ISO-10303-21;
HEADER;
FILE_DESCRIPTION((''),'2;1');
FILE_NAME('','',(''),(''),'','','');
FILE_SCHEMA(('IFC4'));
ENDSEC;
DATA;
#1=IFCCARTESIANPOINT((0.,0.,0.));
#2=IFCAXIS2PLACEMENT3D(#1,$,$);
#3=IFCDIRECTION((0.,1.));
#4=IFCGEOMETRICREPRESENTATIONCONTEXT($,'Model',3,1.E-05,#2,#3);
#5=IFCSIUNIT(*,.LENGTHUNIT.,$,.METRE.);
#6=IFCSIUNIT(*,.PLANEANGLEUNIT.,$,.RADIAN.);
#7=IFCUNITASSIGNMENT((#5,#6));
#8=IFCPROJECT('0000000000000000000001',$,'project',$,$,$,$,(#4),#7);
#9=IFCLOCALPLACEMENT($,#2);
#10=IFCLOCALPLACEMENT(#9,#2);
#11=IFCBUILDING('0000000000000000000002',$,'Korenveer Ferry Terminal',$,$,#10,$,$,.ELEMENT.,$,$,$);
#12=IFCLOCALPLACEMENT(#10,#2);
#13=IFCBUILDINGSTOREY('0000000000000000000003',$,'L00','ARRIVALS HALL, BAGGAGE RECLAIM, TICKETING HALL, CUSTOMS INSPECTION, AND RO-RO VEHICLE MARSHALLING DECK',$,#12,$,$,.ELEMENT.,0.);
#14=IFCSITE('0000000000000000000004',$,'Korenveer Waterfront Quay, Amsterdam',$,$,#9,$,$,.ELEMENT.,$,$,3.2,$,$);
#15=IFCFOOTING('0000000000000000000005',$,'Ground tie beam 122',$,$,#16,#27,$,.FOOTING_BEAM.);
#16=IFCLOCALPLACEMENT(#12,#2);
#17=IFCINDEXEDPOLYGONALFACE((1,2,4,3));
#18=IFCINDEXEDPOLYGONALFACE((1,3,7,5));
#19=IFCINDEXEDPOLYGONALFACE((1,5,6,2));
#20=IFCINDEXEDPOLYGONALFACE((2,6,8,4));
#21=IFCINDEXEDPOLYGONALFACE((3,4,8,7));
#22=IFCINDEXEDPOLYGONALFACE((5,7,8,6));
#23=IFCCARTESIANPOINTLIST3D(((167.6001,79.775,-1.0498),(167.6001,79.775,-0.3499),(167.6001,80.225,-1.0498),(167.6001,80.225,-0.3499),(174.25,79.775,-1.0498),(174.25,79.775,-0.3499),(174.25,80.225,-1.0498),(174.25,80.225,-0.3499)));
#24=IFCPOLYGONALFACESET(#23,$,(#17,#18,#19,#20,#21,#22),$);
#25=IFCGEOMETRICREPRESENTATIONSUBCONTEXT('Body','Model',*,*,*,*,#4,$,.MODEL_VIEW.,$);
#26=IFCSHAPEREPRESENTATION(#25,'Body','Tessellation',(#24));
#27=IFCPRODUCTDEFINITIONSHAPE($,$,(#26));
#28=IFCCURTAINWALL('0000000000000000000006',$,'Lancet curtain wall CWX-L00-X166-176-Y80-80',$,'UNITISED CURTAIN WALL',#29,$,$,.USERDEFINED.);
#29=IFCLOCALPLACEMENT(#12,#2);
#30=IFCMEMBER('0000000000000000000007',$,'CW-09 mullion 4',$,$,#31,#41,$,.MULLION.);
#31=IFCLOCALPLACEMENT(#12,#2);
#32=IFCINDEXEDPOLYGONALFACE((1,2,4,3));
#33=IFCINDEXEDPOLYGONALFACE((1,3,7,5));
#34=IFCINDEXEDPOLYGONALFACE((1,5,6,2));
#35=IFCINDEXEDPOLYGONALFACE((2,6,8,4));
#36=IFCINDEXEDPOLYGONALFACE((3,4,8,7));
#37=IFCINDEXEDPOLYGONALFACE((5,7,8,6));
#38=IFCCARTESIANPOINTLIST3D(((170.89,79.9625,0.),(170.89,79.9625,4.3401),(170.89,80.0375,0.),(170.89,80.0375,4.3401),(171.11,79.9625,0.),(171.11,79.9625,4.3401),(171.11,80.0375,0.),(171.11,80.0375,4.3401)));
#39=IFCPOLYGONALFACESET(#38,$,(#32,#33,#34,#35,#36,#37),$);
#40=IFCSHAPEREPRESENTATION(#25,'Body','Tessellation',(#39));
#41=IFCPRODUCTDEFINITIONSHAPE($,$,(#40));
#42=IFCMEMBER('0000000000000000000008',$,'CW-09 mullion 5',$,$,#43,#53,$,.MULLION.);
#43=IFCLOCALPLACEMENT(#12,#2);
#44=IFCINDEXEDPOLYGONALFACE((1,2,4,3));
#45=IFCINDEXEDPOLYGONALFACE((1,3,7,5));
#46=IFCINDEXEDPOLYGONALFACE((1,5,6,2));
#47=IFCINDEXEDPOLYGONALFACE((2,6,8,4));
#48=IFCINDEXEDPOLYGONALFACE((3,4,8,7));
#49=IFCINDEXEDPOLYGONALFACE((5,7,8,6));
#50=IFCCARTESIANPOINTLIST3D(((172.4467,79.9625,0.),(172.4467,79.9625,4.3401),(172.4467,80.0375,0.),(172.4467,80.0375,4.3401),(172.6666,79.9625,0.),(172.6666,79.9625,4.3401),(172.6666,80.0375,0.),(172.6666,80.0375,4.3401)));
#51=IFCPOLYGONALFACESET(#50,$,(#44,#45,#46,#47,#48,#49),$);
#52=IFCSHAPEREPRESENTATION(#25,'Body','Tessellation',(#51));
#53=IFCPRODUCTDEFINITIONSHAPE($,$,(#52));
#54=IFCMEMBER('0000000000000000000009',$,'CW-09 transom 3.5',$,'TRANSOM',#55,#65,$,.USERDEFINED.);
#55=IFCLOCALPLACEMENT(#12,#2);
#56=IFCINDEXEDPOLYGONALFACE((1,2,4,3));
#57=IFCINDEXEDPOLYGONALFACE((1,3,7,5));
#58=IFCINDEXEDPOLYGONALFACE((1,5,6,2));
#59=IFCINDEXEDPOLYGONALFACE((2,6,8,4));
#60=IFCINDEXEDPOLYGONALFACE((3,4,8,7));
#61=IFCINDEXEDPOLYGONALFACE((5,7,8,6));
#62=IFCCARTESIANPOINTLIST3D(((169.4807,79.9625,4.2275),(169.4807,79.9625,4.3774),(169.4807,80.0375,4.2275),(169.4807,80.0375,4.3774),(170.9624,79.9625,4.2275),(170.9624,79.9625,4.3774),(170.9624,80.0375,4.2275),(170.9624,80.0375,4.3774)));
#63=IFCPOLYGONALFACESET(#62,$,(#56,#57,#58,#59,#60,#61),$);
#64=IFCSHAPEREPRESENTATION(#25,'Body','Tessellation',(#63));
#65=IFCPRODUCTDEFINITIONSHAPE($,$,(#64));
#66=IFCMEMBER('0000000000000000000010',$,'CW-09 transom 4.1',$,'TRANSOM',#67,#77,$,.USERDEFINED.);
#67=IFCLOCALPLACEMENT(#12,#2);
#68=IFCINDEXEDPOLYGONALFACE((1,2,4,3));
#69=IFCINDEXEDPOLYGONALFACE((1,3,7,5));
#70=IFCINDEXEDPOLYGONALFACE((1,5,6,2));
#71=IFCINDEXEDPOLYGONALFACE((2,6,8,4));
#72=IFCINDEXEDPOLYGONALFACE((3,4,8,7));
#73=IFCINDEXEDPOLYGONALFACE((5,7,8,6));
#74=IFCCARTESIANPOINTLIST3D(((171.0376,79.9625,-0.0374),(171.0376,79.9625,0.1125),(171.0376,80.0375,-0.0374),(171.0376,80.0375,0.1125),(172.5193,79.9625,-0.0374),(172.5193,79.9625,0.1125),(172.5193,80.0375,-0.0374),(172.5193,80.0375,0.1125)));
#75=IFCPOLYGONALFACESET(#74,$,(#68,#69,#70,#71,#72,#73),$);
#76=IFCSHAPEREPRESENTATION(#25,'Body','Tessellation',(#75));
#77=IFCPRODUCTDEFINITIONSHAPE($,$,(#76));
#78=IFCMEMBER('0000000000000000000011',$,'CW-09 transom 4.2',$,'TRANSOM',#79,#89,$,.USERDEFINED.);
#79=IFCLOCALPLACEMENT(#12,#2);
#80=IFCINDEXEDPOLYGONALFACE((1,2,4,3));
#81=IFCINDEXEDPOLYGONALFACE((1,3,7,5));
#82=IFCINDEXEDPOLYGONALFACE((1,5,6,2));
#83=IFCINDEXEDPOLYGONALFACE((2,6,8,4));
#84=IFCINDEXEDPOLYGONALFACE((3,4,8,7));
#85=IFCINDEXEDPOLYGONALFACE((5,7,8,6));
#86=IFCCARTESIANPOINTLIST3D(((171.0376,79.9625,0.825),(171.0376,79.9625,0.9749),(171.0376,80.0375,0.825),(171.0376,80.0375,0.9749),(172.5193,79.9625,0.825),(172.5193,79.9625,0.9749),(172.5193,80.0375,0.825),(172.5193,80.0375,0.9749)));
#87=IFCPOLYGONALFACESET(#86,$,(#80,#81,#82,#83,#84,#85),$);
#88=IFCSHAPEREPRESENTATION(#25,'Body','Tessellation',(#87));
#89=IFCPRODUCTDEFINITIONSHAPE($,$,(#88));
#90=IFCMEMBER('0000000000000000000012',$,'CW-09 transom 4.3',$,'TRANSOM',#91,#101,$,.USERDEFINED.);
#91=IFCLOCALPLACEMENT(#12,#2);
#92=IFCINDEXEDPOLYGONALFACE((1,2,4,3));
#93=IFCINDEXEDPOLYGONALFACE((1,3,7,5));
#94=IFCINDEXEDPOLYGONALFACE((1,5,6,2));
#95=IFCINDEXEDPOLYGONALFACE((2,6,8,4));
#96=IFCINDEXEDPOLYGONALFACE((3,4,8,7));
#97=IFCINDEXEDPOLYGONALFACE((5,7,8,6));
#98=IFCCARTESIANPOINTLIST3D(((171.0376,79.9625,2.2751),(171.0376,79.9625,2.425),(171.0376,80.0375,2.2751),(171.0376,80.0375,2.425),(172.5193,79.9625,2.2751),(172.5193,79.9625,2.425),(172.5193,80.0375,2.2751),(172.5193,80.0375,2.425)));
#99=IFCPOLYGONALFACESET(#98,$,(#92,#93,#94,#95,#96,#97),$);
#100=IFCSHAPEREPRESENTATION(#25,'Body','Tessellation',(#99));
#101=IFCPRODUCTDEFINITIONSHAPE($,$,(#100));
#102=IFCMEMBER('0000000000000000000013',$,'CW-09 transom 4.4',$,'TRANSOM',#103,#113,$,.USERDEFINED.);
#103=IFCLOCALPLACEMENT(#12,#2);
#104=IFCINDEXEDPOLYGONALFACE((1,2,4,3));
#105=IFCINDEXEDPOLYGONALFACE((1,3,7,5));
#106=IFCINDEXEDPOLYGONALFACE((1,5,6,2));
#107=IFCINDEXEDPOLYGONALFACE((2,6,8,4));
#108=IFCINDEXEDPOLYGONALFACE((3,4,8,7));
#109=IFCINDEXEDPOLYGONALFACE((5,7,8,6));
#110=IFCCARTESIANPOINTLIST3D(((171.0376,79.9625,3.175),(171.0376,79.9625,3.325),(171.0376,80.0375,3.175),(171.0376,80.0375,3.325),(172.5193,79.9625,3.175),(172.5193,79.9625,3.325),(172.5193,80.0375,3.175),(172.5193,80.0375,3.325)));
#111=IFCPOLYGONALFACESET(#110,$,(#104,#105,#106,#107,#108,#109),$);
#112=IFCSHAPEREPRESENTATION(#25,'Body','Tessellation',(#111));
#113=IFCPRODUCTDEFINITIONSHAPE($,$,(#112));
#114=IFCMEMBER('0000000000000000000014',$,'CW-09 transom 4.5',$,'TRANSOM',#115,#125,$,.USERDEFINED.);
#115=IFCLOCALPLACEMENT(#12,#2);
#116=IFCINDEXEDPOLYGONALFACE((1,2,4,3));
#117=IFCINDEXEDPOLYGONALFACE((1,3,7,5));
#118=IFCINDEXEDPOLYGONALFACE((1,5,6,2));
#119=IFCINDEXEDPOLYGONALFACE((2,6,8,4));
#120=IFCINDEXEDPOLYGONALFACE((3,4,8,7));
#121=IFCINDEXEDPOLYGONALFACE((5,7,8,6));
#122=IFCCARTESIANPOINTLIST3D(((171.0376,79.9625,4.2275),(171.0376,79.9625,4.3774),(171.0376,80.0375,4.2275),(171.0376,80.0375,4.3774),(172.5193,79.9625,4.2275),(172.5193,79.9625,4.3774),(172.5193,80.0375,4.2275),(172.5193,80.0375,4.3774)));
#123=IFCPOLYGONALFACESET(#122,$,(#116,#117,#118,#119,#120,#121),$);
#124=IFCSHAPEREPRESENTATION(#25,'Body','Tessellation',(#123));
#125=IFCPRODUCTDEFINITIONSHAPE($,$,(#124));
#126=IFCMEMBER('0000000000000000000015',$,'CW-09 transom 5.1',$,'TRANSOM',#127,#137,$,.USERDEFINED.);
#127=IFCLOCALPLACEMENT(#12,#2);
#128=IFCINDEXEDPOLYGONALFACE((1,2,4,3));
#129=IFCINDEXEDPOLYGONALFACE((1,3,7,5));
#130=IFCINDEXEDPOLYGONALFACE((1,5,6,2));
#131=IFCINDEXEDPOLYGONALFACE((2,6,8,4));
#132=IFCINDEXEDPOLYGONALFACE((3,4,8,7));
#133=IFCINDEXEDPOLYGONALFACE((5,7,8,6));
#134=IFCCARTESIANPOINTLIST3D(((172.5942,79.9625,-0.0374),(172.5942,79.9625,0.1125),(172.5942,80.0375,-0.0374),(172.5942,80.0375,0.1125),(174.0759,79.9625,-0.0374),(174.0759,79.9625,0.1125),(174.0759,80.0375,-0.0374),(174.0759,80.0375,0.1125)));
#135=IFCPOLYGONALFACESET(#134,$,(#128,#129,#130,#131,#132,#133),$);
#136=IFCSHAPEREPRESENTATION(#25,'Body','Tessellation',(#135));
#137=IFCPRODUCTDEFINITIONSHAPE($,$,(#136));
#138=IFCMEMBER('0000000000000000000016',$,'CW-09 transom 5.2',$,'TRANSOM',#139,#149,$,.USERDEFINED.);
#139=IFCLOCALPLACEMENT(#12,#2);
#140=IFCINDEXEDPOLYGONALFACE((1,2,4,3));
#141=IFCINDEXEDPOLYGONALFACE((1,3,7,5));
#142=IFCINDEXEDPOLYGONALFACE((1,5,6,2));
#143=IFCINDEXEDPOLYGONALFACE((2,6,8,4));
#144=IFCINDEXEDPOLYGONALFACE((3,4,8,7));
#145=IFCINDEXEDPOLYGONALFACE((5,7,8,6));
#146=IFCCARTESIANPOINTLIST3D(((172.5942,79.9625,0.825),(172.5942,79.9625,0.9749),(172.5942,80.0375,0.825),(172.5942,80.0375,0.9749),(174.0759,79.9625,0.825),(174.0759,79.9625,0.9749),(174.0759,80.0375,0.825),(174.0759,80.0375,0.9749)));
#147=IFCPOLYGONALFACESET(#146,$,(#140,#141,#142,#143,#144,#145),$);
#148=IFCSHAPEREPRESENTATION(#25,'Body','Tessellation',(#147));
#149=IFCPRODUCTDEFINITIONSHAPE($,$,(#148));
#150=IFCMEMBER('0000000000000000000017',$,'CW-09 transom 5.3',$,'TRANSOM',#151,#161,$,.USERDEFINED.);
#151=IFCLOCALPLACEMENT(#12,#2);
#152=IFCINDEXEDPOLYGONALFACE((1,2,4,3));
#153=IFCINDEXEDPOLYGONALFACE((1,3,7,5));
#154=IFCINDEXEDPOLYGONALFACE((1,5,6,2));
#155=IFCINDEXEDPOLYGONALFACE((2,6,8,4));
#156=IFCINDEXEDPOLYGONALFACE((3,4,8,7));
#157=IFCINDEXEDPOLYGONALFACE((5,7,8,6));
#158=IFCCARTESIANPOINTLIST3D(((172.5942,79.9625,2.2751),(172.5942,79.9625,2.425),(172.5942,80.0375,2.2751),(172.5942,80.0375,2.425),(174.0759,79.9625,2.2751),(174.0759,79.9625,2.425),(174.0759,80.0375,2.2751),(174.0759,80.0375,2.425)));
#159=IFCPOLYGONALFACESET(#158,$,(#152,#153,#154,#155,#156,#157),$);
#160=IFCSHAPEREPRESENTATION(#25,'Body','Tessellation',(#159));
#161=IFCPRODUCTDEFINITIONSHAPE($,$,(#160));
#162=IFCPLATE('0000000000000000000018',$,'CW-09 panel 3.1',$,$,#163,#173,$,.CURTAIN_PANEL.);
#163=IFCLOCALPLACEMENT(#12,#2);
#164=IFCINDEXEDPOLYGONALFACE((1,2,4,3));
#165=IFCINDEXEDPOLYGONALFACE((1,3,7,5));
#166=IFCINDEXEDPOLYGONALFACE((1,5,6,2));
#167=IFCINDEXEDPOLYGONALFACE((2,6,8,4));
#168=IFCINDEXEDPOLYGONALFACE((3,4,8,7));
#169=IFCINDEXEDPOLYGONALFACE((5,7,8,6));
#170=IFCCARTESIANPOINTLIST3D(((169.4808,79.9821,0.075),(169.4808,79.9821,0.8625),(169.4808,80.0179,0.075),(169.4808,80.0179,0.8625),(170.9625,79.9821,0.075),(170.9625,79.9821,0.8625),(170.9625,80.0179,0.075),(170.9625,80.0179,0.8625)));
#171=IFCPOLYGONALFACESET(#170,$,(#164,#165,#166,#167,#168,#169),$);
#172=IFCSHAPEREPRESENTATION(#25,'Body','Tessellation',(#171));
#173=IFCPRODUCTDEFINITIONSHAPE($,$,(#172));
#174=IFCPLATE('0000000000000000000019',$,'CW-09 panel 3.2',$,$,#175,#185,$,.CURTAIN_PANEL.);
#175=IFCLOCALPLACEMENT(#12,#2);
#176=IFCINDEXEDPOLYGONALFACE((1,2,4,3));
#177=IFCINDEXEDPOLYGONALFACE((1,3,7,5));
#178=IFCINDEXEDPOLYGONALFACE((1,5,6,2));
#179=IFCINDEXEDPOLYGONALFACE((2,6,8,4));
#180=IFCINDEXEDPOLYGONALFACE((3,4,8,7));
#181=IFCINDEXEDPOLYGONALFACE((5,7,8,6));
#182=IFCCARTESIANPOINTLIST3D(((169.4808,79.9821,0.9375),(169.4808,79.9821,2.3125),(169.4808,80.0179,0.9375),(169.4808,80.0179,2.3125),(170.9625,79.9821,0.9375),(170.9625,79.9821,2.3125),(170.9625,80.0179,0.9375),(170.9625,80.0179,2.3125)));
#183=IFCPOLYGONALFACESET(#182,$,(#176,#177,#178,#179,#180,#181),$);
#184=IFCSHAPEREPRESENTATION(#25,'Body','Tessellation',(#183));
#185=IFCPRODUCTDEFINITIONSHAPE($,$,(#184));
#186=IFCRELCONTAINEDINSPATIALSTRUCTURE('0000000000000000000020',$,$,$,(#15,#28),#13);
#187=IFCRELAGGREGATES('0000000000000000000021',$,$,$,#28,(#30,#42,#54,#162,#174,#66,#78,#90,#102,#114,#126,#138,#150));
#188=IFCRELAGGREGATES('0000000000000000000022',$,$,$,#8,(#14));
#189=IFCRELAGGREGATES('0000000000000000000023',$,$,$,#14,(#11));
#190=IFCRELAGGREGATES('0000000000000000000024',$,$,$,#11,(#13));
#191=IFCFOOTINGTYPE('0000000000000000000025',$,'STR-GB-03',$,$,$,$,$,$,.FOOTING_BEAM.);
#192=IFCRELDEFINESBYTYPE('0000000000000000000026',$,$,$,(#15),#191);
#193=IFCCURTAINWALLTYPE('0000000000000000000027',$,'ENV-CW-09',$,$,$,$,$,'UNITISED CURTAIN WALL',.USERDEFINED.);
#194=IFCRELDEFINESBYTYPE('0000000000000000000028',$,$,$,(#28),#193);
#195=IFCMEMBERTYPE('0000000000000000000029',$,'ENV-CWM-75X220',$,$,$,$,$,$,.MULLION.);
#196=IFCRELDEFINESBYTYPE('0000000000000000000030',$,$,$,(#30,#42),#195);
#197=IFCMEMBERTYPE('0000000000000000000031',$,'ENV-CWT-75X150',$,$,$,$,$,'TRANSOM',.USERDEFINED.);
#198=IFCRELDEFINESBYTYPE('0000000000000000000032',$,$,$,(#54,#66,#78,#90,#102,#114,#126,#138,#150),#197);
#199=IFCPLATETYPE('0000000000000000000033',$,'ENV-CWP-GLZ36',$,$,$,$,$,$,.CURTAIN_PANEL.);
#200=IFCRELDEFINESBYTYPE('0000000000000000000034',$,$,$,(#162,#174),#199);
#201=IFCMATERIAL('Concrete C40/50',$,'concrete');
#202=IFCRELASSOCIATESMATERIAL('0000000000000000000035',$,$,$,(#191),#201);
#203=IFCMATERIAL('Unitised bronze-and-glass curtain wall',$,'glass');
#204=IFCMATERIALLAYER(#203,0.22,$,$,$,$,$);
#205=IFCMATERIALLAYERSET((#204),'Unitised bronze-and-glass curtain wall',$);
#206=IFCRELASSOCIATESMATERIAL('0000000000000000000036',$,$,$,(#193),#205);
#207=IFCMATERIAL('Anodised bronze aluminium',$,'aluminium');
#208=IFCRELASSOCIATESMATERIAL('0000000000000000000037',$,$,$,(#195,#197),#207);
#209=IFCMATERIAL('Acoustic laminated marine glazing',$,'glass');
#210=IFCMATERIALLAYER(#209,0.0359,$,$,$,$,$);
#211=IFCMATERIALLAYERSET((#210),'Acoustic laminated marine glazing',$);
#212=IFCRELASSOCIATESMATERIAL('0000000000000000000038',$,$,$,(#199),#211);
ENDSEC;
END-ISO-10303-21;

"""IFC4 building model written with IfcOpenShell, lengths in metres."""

from ifc_helpers import new_model, si_unit, direction, frame, origin, origin_2d, place, context, subcontext, project, spatial, rectangle, extrude, material, layer, layer_set, material_profile, profile_set, type_object, element, aggregate, save


model = new_model("IFC4")

# Units and contexts
model_context = context("Model", 3, precision=1e-05, world=origin(), true_north=direction((0.0, 1.0)))
body_context = subcontext(model_context, "Body", "Model", "MODEL_VIEW")
ifc_project = project(units=[si_unit("LENGTHUNIT", "METRE"), si_unit("PLANEANGLEUNIT", "RADIAN")], contexts=[model_context])

# Site, building, storey
site_placement = place(None, origin())
site = spatial("IfcSite", under=ifc_project, at=site_placement, Name="Korenveer Waterfront Quay, Amsterdam", CompositionType="ELEMENT", RefElevation=3.2)
building_placement = place(site_placement, origin())
building = spatial("IfcBuilding", under=site, at=building_placement, Name="Korenveer Ferry Terminal", CompositionType="ELEMENT")
storey_placement = place(building_placement, origin())
storey = spatial("IfcBuildingStorey", under=building, at=storey_placement, Name="L00", Description="ARRIVALS HALL, BAGGAGE RECLAIM, TICKETING HALL, CUSTOMS INSPECTION, AND RO-RO VEHICLE MARSHALLING DECK", CompositionType="ELEMENT", Elevation=0.0)

# Footing
ifc_material_1 = material(Name="Concrete C40/50", Category="concrete")
footing_type = type_object("IfcFootingType", Name="STR-GB-03", PredefinedType="FOOTING_BEAM", material=ifc_material_1)
footing_placement = place(storey_placement, frame((170.925, 80.0, -1.0498), z_axis=(0.0, 0.0, 1.0), x_axis=(1.0, 0.0, 0.0)))
element("IfcFooting", 1, at=footing_placement, inside=storey, type_object=footing_type, Name="Ground tie beam 122", PredefinedType="FOOTING_BEAM", context=body_context, shape_type="SweptSolid", body=[
    extrude(rectangle(XDim=6.6499, YDim=0.45, at=origin_2d()), origin(), (0.0, 0.0, 1.0), 0.7),
])

# Curtain wall, members, plates
ifc_material_2 = material(Name="Unitised bronze-and-glass curtain wall", Category="glass")
ifc_layer_1 = layer(ifc_material_2, 0.22)
ifc_layer_set_1 = layer_set([ifc_layer_1], Name="Unitised bronze-and-glass curtain wall")
curtain_wall_type = type_object("IfcCurtainWallType", Name="ENV-CW-09", ElementType="UNITISED CURTAIN WALL", PredefinedType="USERDEFINED", material=ifc_layer_set_1)
curtain_wall_placement = place(storey_placement, frame((166.3301, 80.0, 0.0)))
curtain_wall = element("IfcCurtainWall", 2, at=curtain_wall_placement, inside=storey, type_object=curtain_wall_type, Name="Lancet curtain wall CWX-L00-X166-176-Y80-80", ObjectType="UNITISED CURTAIN WALL", PredefinedType="USERDEFINED")
ifc_material_3 = material(Name="Anodised bronze aluminium", Category="aluminium")
ifc_material_profile_1 = material_profile(ifc_material_3, rectangle(XDim=0.075, YDim=0.22, at=origin_2d()), Name="ALU 75x220")
ifc_profile_set_1 = profile_set([ifc_material_profile_1], Name="Anodised bronze aluminium")
member_type_1 = type_object("IfcMemberType", Name="ENV-CWM-75X220", PredefinedType="MULLION", material=ifc_profile_set_1)
member_1_placement = place(storey_placement, frame((171.0, 80.0, 0.0), z_axis=(0.0, 0.0, 1.0), x_axis=(0.0, 1.0, 0.0)))
member_1 = element("IfcMember", 3, at=member_1_placement, type_object=member_type_1, Name="CW-09 mullion 4", PredefinedType="MULLION", context=body_context, shape_type="SweptSolid", body=[
    extrude(rectangle(XDim=0.075, YDim=0.22, at=origin_2d()), origin(), (0.0, 0.0, 1.0), 4.3401),
])
member_2_placement = place(storey_placement, frame((172.5566, 80.0, 0.0), z_axis=(0.0, 0.0, 1.0), x_axis=(0.0, 1.0, 0.0)))
member_2 = element("IfcMember", 4, at=member_2_placement, type_object=member_type_1, Name="CW-09 mullion 5", PredefinedType="MULLION", context=body_context, shape_type="SweptSolid", body=[
    extrude(rectangle(XDim=0.075, YDim=0.22, at=origin_2d()), origin(), (0.0, 0.0, 1.0), 4.3401),
])
ifc_material_profile_2 = material_profile(ifc_material_3, rectangle(XDim=0.075, YDim=0.1499, at=origin_2d()), Name="ALU 75x150")
ifc_profile_set_2 = profile_set([ifc_material_profile_2], Name="Anodised bronze aluminium")
member_type_2 = type_object("IfcMemberType", Name="ENV-CWT-75X150", ElementType="TRANSOM", PredefinedType="USERDEFINED", material=ifc_profile_set_2)
member_3_placement = place(storey_placement, frame((169.4807, 80.0, 4.3025), z_axis=(1.0, 0.0, 0.0), x_axis=(0.0, 1.0, 0.0)))
member_3 = element("IfcMember", 5, at=member_3_placement, type_object=member_type_2, Name="CW-09 transom 3.5", ObjectType="TRANSOM", PredefinedType="USERDEFINED", context=body_context, shape_type="SweptSolid", body=[
    extrude(rectangle(XDim=0.075, YDim=0.1499, at=origin_2d()), origin(), (0.0, 0.0, 1.0), 1.4817),
])
member_4_placement = place(storey_placement, frame((171.0376, 80.0, 0.0376), z_axis=(1.0, 0.0, 0.0), x_axis=(0.0, 1.0, 0.0)))
member_4 = element("IfcMember", 6, at=member_4_placement, type_object=member_type_2, Name="CW-09 transom 4.1", ObjectType="TRANSOM", PredefinedType="USERDEFINED", context=body_context, shape_type="SweptSolid", body=[
    extrude(rectangle(XDim=0.075, YDim=0.1499, at=origin_2d()), origin(), (0.0, 0.0, 1.0), 1.4817),
])
member_5_placement = place(storey_placement, frame((171.0376, 80.0, 0.8999), z_axis=(1.0, 0.0, 0.0), x_axis=(0.0, 1.0, 0.0)))
member_5 = element("IfcMember", 7, at=member_5_placement, type_object=member_type_2, Name="CW-09 transom 4.2", ObjectType="TRANSOM", PredefinedType="USERDEFINED", context=body_context, shape_type="SweptSolid", body=[
    extrude(rectangle(XDim=0.075, YDim=0.1499, at=origin_2d()), origin(), (0.0, 0.0, 1.0), 1.4817),
])
member_6_placement = place(storey_placement, frame((171.0376, 80.0, 2.3501), z_axis=(1.0, 0.0, 0.0), x_axis=(0.0, 1.0, 0.0)))
member_6 = element("IfcMember", 8, at=member_6_placement, type_object=member_type_2, Name="CW-09 transom 4.3", ObjectType="TRANSOM", PredefinedType="USERDEFINED", context=body_context, shape_type="SweptSolid", body=[
    extrude(rectangle(XDim=0.075, YDim=0.1499, at=origin_2d()), origin(), (0.0, 0.0, 1.0), 1.4817),
])
member_7_placement = place(storey_placement, frame((171.0376, 80.0, 3.25), z_axis=(1.0, 0.0, 0.0), x_axis=(0.0, 1.0, 0.0)))
member_7 = element("IfcMember", 9, at=member_7_placement, type_object=member_type_2, Name="CW-09 transom 4.4", ObjectType="TRANSOM", PredefinedType="USERDEFINED", context=body_context, shape_type="SweptSolid", body=[
    extrude(rectangle(XDim=0.075, YDim=0.1499, at=origin_2d()), origin(), (0.0, 0.0, 1.0), 1.4817),
])
member_8_placement = place(storey_placement, frame((171.0376, 80.0, 4.3025), z_axis=(1.0, 0.0, 0.0), x_axis=(0.0, 1.0, 0.0)))
member_8 = element("IfcMember", 10, at=member_8_placement, type_object=member_type_2, Name="CW-09 transom 4.5", ObjectType="TRANSOM", PredefinedType="USERDEFINED", context=body_context, shape_type="SweptSolid", body=[
    extrude(rectangle(XDim=0.075, YDim=0.1499, at=origin_2d()), origin(), (0.0, 0.0, 1.0), 1.4817),
])
member_9_placement = place(storey_placement, frame((172.5942, 80.0, 0.0376), z_axis=(1.0, 0.0, 0.0), x_axis=(0.0, 1.0, 0.0)))
member_9 = element("IfcMember", 11, at=member_9_placement, type_object=member_type_2, Name="CW-09 transom 5.1", ObjectType="TRANSOM", PredefinedType="USERDEFINED", context=body_context, shape_type="SweptSolid", body=[
    extrude(rectangle(XDim=0.075, YDim=0.1499, at=origin_2d()), origin(), (0.0, 0.0, 1.0), 1.4817),
])
member_10_placement = place(storey_placement, frame((172.5942, 80.0, 0.8999), z_axis=(1.0, 0.0, 0.0), x_axis=(0.0, 1.0, 0.0)))
member_10 = element("IfcMember", 12, at=member_10_placement, type_object=member_type_2, Name="CW-09 transom 5.2", ObjectType="TRANSOM", PredefinedType="USERDEFINED", context=body_context, shape_type="SweptSolid", body=[
    extrude(rectangle(XDim=0.075, YDim=0.1499, at=origin_2d()), origin(), (0.0, 0.0, 1.0), 1.4817),
])
member_11_placement = place(storey_placement, frame((172.5942, 80.0, 2.3501), z_axis=(1.0, 0.0, 0.0), x_axis=(0.0, 1.0, 0.0)))
member_11 = element("IfcMember", 13, at=member_11_placement, type_object=member_type_2, Name="CW-09 transom 5.3", ObjectType="TRANSOM", PredefinedType="USERDEFINED", context=body_context, shape_type="SweptSolid", body=[
    extrude(rectangle(XDim=0.075, YDim=0.1499, at=origin_2d()), origin(), (0.0, 0.0, 1.0), 1.4817),
])
ifc_material_4 = material(Name="Acoustic laminated marine glazing", Category="glass")
ifc_layer_2 = layer(ifc_material_4, 0.0359)
ifc_layer_set_2 = layer_set([ifc_layer_2], Name="Acoustic laminated marine glazing")
plate_type = type_object("IfcPlateType", Name="ENV-CWP-GLZ36", PredefinedType="CURTAIN_PANEL", material=ifc_layer_set_2)
plate_1_placement = place(storey_placement, frame((170.2217, 80.0, 0.075), z_axis=(0.0, 0.0, 1.0), x_axis=(1.0, 0.0, 0.0)))
plate_1 = element("IfcPlate", 14, at=plate_1_placement, type_object=plate_type, Name="CW-09 panel 3.1", PredefinedType="CURTAIN_PANEL", context=body_context, shape_type="SweptSolid", body=[
    extrude(rectangle(XDim=1.4817, YDim=0.0359, at=origin_2d()), origin(), (0.0, 0.0, 1.0), 0.7876),
])
plate_2_placement = place(storey_placement, frame((170.2217, 80.0, 0.9375), z_axis=(0.0, 0.0, 1.0), x_axis=(1.0, 0.0, 0.0)))
plate_2 = element("IfcPlate", 15, at=plate_2_placement, type_object=plate_type, Name="CW-09 panel 3.2", PredefinedType="CURTAIN_PANEL", context=body_context, shape_type="SweptSolid", body=[
    extrude(rectangle(XDim=1.4817, YDim=0.0359, at=origin_2d()), origin(), (0.0, 0.0, 1.0), 1.375),
])
aggregate(curtain_wall, [member_1, member_2, member_3, plate_1, plate_2, member_4, member_5, member_6, member_7, member_8, member_9, member_10, member_11])

save(model, "model.ifc")
